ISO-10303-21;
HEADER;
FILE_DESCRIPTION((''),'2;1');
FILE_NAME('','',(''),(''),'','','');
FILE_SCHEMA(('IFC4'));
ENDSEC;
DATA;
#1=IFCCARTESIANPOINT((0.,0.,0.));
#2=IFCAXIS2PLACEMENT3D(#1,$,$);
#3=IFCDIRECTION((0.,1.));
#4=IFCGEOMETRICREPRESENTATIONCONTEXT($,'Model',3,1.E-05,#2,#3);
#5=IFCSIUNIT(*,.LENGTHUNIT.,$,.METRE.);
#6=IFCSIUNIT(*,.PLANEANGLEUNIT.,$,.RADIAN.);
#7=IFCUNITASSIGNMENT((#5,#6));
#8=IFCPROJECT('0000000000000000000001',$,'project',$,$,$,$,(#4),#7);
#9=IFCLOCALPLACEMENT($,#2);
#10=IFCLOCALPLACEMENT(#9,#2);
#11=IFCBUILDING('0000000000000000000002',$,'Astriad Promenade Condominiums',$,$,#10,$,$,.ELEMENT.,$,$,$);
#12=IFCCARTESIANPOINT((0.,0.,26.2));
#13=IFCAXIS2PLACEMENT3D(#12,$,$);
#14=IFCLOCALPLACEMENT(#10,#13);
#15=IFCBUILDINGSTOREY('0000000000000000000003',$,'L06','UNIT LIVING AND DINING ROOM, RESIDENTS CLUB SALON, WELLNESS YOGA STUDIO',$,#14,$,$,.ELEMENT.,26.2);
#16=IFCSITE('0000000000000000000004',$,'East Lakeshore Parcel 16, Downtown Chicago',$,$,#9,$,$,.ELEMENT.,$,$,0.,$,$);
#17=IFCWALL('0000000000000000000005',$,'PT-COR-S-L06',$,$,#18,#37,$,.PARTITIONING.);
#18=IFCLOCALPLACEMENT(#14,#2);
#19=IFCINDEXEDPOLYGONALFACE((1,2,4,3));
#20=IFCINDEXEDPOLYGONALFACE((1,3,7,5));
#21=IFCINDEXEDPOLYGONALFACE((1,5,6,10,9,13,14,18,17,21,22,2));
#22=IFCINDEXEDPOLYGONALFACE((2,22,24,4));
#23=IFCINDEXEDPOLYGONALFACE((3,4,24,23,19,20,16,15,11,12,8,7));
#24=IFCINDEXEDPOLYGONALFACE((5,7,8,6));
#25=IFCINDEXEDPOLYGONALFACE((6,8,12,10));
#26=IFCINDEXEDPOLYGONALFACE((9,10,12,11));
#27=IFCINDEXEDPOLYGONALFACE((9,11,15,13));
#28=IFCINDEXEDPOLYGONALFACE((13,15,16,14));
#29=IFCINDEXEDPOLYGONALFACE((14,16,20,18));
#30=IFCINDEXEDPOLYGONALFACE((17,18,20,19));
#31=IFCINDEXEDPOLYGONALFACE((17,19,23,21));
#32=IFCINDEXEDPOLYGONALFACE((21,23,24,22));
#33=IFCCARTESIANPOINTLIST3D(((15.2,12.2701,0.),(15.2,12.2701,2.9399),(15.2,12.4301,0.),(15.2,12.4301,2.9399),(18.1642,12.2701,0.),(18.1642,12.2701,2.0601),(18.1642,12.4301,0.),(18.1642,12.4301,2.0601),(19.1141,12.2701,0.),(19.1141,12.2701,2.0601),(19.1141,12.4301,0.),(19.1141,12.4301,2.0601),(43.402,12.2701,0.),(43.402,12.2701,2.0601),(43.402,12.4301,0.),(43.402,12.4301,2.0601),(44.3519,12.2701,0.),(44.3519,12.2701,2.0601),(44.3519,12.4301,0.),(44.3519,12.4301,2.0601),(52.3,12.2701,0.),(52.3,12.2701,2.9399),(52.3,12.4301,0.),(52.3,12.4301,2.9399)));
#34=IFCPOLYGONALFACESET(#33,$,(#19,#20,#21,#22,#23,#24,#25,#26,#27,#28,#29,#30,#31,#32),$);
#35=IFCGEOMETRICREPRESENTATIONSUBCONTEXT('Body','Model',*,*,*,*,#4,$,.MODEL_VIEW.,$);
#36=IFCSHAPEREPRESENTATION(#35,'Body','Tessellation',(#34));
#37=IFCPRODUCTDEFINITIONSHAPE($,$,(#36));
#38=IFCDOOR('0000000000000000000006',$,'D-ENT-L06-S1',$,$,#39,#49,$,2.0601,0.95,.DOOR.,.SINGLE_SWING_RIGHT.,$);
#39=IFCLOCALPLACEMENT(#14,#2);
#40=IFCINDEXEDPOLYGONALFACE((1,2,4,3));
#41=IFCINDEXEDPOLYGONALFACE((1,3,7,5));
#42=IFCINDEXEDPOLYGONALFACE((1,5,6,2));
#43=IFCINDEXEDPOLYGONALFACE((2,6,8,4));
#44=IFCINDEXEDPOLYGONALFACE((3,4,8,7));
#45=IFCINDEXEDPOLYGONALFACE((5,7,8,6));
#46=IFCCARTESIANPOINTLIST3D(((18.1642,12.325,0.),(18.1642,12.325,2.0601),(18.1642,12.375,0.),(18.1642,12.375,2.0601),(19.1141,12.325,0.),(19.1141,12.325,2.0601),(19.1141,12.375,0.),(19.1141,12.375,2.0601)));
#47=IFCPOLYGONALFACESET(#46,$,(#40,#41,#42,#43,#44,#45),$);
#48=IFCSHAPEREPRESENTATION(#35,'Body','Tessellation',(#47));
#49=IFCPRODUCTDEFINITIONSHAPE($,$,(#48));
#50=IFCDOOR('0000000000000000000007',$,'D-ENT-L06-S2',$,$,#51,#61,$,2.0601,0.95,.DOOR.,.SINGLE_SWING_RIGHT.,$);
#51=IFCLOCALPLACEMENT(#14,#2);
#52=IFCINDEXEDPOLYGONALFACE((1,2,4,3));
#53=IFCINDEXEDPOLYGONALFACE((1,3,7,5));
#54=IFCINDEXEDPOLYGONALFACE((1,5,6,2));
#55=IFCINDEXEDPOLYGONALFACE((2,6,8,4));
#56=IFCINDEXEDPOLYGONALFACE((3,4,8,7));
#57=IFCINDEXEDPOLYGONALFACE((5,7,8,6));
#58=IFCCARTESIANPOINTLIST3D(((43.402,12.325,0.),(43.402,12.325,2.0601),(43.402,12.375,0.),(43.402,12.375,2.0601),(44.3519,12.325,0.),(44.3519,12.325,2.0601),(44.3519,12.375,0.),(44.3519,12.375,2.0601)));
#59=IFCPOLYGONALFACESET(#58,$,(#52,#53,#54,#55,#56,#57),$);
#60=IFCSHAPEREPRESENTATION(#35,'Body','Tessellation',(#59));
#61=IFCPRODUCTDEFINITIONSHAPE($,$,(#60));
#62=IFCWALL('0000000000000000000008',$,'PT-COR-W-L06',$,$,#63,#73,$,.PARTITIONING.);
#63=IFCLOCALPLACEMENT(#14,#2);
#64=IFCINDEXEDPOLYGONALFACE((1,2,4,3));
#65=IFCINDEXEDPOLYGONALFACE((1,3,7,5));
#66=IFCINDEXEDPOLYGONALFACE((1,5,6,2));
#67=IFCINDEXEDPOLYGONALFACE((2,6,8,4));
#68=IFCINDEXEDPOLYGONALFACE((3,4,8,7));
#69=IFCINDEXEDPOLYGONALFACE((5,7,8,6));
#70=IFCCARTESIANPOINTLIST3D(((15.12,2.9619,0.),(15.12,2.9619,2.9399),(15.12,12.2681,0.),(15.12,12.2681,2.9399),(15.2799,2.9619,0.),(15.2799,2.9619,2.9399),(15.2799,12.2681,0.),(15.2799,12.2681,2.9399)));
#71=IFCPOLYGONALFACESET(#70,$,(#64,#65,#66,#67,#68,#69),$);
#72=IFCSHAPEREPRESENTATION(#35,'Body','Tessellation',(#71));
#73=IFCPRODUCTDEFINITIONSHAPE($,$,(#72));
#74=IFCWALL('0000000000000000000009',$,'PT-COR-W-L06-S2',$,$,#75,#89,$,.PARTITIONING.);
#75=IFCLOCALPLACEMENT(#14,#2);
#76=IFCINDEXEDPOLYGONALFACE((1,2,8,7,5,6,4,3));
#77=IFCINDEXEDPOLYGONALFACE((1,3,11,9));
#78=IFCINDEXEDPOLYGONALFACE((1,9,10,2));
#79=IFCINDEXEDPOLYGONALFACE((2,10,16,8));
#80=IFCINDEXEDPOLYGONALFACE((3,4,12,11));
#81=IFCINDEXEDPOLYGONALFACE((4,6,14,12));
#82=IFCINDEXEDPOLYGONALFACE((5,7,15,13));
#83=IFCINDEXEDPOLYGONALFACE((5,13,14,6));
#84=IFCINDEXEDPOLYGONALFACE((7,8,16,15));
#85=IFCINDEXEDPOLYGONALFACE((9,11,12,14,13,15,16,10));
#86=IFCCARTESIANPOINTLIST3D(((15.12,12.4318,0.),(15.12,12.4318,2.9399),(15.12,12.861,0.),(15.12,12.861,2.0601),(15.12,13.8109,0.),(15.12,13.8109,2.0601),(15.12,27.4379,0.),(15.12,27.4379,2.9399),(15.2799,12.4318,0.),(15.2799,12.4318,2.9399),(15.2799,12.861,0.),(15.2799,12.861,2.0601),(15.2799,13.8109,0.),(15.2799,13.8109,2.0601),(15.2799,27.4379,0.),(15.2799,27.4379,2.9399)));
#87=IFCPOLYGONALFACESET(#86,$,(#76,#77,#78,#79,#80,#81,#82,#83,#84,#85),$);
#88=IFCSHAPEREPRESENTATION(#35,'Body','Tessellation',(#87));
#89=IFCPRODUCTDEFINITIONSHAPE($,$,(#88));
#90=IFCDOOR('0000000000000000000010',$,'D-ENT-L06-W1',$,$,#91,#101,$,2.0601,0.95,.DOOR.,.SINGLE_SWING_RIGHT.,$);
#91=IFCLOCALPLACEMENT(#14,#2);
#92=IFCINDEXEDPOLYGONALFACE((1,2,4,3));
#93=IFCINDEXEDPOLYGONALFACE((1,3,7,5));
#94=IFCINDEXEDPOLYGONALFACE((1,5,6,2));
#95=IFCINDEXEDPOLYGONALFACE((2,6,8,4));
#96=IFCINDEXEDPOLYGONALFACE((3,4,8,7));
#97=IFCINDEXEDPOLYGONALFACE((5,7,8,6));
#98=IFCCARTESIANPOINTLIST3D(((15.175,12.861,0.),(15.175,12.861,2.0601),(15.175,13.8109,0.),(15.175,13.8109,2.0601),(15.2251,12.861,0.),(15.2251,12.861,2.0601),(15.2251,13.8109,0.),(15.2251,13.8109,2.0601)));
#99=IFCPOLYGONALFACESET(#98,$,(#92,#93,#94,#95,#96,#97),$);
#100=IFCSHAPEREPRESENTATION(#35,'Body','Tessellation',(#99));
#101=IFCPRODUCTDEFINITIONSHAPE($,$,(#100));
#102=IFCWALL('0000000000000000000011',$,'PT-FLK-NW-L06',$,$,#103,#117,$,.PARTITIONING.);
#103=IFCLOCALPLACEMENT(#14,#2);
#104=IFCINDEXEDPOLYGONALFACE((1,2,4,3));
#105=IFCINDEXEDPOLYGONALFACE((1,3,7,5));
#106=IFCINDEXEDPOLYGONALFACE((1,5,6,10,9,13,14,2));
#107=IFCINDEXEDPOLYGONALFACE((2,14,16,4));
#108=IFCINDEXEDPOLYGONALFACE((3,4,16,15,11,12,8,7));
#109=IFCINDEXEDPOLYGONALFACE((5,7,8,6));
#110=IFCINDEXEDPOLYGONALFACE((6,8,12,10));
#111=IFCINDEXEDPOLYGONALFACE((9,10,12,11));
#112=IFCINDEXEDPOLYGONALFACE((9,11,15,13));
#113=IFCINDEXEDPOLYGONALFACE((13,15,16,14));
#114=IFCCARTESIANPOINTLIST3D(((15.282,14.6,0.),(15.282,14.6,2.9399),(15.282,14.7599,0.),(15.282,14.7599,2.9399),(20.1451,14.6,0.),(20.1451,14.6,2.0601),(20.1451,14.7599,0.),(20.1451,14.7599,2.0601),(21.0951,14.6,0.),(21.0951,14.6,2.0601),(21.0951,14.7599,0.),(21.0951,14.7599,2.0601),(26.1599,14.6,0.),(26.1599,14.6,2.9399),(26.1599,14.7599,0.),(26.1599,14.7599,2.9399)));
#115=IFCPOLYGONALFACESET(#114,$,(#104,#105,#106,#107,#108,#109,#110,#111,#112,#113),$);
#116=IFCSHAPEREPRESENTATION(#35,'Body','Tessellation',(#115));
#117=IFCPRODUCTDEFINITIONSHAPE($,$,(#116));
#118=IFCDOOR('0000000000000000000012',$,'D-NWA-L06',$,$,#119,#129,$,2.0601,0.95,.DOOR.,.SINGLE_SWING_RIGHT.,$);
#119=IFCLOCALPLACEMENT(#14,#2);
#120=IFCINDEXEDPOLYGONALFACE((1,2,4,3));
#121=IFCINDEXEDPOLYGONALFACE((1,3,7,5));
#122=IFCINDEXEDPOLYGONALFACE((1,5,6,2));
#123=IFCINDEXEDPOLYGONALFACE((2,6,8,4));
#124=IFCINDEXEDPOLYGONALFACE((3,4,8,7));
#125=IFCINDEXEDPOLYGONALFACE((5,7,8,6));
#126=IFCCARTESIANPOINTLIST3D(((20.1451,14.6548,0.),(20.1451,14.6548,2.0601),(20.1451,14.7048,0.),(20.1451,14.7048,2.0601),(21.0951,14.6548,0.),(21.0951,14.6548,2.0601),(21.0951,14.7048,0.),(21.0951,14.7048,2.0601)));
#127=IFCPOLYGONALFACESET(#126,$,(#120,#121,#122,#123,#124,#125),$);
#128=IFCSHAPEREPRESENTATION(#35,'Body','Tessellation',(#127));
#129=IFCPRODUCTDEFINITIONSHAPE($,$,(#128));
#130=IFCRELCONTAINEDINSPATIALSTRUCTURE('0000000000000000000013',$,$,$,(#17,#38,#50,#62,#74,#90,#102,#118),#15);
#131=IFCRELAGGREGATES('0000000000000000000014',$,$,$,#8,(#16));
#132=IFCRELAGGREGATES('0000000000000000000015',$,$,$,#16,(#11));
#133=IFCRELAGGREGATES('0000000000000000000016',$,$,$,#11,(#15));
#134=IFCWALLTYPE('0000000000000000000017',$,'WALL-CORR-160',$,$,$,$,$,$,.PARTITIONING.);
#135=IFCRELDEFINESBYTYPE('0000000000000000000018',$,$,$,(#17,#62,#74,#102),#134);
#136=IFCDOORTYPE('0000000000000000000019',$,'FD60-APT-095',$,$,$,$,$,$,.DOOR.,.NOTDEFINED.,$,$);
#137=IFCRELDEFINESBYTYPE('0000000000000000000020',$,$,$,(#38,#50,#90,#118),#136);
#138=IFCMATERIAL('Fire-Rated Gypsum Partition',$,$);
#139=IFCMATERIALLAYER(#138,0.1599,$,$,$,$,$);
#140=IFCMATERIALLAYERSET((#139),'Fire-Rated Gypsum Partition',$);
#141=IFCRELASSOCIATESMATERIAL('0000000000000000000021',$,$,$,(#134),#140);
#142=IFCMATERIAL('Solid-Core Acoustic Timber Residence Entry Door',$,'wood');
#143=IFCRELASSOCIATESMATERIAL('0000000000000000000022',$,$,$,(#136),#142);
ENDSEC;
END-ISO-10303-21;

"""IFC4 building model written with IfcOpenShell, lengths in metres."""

from ifc_helpers import new_model, si_unit, direction, frame, frame_2d, origin, place, context, subcontext, project, spatial, rectangle, extrude, source, transform, mapped, material, layer, layer_set, type_object, type_shapes, element, fill, save


model = new_model("IFC4")

# Units and contexts
model_context = context("Model", 3, precision=1e-05, world=origin(), true_north=direction((0.0, 1.0)))
body_context = subcontext(model_context, "Body", "Model", "MODEL_VIEW")
ifc_project = project(units=[si_unit("LENGTHUNIT", "METRE"), si_unit("PLANEANGLEUNIT", "RADIAN")], contexts=[model_context])

# Site, building, storey
site_placement = place(None, origin())
site = spatial("IfcSite", under=ifc_project, at=site_placement, Name="East Lakeshore Parcel 16, Downtown Chicago", CompositionType="ELEMENT", RefElevation=0.0)
building_placement = place(site_placement, origin())
building = spatial("IfcBuilding", under=site, at=building_placement, Name="Astriad Promenade Condominiums", CompositionType="ELEMENT")
storey_placement = place(building_placement, frame((0.0, 0.0, 26.2)))
storey = spatial("IfcBuildingStorey", under=building, at=storey_placement, Name="L06", Description="UNIT LIVING AND DINING ROOM, RESIDENTS CLUB SALON, WELLNESS YOGA STUDIO", CompositionType="ELEMENT", Elevation=26.2)

# Wall, openings, doors
ifc_material_1 = material(Name="Fire-Rated Gypsum Partition")
ifc_layer_1 = layer(ifc_material_1, 0.1599)
ifc_layer_set_1 = layer_set([ifc_layer_1], Name="Fire-Rated Gypsum Partition")
wall_type_1 = type_object("IfcWallType", Name="WALL-CORR-160", PredefinedType="PARTITIONING", material=ifc_layer_set_1)
wall_1_placement = place(storey_placement, frame((15.2, 12.3501, 0.0), z_axis=(0.0, 0.0, 1.0), x_axis=(1.0, 0.0, 0.0)))
wall_1 = element("IfcWall", 1, at=wall_1_placement, inside=storey, type_object=wall_type_1, Name="PT-COR-S-L06", PredefinedType="PARTITIONING", context=body_context, shape_type="SweptSolid", body=[
    extrude(rectangle(XDim=37.1001, YDim=0.1599, at=frame_2d((18.55, 0.0))), origin(), (0.0, 0.0, 1.0), 2.9399),
])
opening_1_placement = place(wall_1_placement, frame((2.9641, 0.0, 0.0)))
opening_1 = element("IfcOpeningElement", 2, at=opening_1_placement, cuts=wall_1, PredefinedType="OPENING", context=body_context, shape_type="SweptSolid", body=[
    extrude(rectangle(XDim=0.95, YDim=2.0601, at=frame_2d((0.4751, 1.03))), frame((0.0, 0.0898, 0.0), z_axis=(0.0, -1.0, 0.0), x_axis=(1.0, 0.0, 0.0)), (0.0, 0.0, 1.0), 0.1799),
])
opening_2_placement = place(wall_1_placement, frame((28.2019, 0.0, 0.0)))
opening_2 = element("IfcOpeningElement", 3, at=opening_2_placement, cuts=wall_1, PredefinedType="OPENING", context=body_context, shape_type="SweptSolid", body=[
    extrude(rectangle(XDim=0.95, YDim=2.0601, at=frame_2d((0.4751, 1.03))), frame((0.0, 0.0898, 0.0), z_axis=(0.0, -1.0, 0.0), x_axis=(1.0, 0.0, 0.0)), (0.0, 0.0, 1.0), 0.1799),
])
ifc_material_2 = material(Name="Solid-Core Acoustic Timber Residence Entry Door", Category="wood")
door_type_1 = type_object("IfcDoorType", Name="FD60-APT-095", OperationType="NOTDEFINED", PredefinedType="DOOR", material=ifc_material_2)
shared_shape_1 = source(origin(), body_context, "Body", "SweptSolid", [
    extrude(rectangle(XDim=0.95, YDim=2.0601, at=frame_2d((0.4751, 1.03))), frame((0.0, 0.0249, 0.0), z_axis=(0.0, -1.0, 0.0), x_axis=(1.0, 0.0, 0.0)), (0.0, 0.0, 1.0), 0.05),
])
type_shapes(door_type_1, [shared_shape_1])
door_1_placement = place(opening_1_placement, origin())
door_1 = element("IfcDoor", 4, at=door_1_placement, inside=storey, type_object=door_type_1, Name="D-ENT-L06-S1", OperationType="SINGLE_SWING_RIGHT", OverallHeight=2.0601, OverallWidth=0.95, PredefinedType="DOOR", context=body_context, shape_type="MappedRepresentation", body=[
    mapped(shared_shape_1, transform((0.0, 0.0, 0.0), scale=1.0)),
])
fill(opening_1, door_1)
door_2_placement = place(opening_2_placement, origin())
door_2 = element("IfcDoor", 5, at=door_2_placement, inside=storey, type_object=door_type_1, Name="D-ENT-L06-S2", OperationType="SINGLE_SWING_RIGHT", OverallHeight=2.0601, OverallWidth=0.95, PredefinedType="DOOR", context=body_context, shape_type="MappedRepresentation", body=[
    mapped(shared_shape_1, transform((0.0, 0.0, 0.0), scale=1.0)),
])
fill(opening_2, door_2)

# Wall
wall_2_placement = place(storey_placement, frame((15.2, 2.9619, 0.0), z_axis=(0.0, 0.0, 1.0), x_axis=(0.0, 1.0, 0.0)))
element("IfcWall", 6, at=wall_2_placement, inside=storey, type_object=wall_type_1, Name="PT-COR-W-L06", PredefinedType="PARTITIONING", context=body_context, shape_type="SweptSolid", body=[
    extrude(rectangle(XDim=9.3062, YDim=0.1599, at=frame_2d((4.6531, 0.0))), origin(), (0.0, 0.0, 1.0), 2.9399),
])

# Walls, openings, doors
wall_3_placement = place(storey_placement, frame((15.2, 12.4319, 0.0), z_axis=(0.0, 0.0, 1.0), x_axis=(0.0, 1.0, 0.0)))
wall_3 = element("IfcWall", 7, at=wall_3_placement, inside=storey, type_object=wall_type_1, Name="PT-COR-W-L06-S2", PredefinedType="PARTITIONING", context=body_context, shape_type="SweptSolid", body=[
    extrude(rectangle(XDim=15.0061, YDim=0.1599, at=frame_2d((7.5029, 0.0))), origin(), (0.0, 0.0, 1.0), 2.9399),
])
opening_3_placement = place(wall_3_placement, frame((0.429, 0.0, 0.0)))
opening_3 = element("IfcOpeningElement", 8, at=opening_3_placement, cuts=wall_3, PredefinedType="OPENING", context=body_context, shape_type="SweptSolid", body=[
    extrude(rectangle(XDim=0.95, YDim=2.0601, at=frame_2d((0.4751, 1.03))), frame((0.0, 0.0898, 0.0), z_axis=(0.0, -1.0, 0.0), x_axis=(1.0, 0.0, 0.0)), (0.0, 0.0, 1.0), 0.1799),
])
door_3_placement = place(opening_3_placement, origin())
door_3 = element("IfcDoor", 9, at=door_3_placement, inside=storey, type_object=door_type_1, Name="D-ENT-L06-W1", OperationType="SINGLE_SWING_RIGHT", OverallHeight=2.0601, OverallWidth=0.95, PredefinedType="DOOR", context=body_context, shape_type="MappedRepresentation", body=[
    mapped(shared_shape_1, transform((0.0, 0.0, 0.0), scale=1.0)),
])
fill(opening_3, door_3)
wall_4_placement = place(storey_placement, frame((15.282, 14.6799, 0.0), z_axis=(0.0, 0.0, 1.0), x_axis=(1.0, 0.0, 0.0)))
wall_4 = element("IfcWall", 10, at=wall_4_placement, inside=storey, type_object=wall_type_1, Name="PT-FLK-NW-L06", PredefinedType="PARTITIONING", context=body_context, shape_type="SweptSolid", body=[
    extrude(rectangle(XDim=10.8779, YDim=0.1599, at=frame_2d((5.439, 0.0))), origin(), (0.0, 0.0, 1.0), 2.9399),
])
opening_4_placement = place(wall_4_placement, frame((4.863, 0.0, 0.0)))
opening_4 = element("IfcOpeningElement", 11, at=opening_4_placement, cuts=wall_4, PredefinedType="OPENING", context=body_context, shape_type="SweptSolid", body=[
    extrude(rectangle(XDim=0.95, YDim=2.0601, at=frame_2d((0.4751, 1.03))), frame((0.0, 0.0898, 0.0), z_axis=(0.0, -1.0, 0.0), x_axis=(1.0, 0.0, 0.0)), (0.0, 0.0, 1.0), 0.1799),
])
door_4_placement = place(opening_4_placement, origin())
door_4 = element("IfcDoor", 12, at=door_4_placement, inside=storey, type_object=door_type_1, Name="D-NWA-L06", OperationType="SINGLE_SWING_RIGHT", OverallHeight=2.0601, OverallWidth=0.95, PredefinedType="DOOR", context=body_context, shape_type="MappedRepresentation", body=[
    mapped(shared_shape_1, transform((0.0, 0.0, 0.0), scale=1.0)),
])
fill(opening_4, door_4)

save(model, "model.ifc")
